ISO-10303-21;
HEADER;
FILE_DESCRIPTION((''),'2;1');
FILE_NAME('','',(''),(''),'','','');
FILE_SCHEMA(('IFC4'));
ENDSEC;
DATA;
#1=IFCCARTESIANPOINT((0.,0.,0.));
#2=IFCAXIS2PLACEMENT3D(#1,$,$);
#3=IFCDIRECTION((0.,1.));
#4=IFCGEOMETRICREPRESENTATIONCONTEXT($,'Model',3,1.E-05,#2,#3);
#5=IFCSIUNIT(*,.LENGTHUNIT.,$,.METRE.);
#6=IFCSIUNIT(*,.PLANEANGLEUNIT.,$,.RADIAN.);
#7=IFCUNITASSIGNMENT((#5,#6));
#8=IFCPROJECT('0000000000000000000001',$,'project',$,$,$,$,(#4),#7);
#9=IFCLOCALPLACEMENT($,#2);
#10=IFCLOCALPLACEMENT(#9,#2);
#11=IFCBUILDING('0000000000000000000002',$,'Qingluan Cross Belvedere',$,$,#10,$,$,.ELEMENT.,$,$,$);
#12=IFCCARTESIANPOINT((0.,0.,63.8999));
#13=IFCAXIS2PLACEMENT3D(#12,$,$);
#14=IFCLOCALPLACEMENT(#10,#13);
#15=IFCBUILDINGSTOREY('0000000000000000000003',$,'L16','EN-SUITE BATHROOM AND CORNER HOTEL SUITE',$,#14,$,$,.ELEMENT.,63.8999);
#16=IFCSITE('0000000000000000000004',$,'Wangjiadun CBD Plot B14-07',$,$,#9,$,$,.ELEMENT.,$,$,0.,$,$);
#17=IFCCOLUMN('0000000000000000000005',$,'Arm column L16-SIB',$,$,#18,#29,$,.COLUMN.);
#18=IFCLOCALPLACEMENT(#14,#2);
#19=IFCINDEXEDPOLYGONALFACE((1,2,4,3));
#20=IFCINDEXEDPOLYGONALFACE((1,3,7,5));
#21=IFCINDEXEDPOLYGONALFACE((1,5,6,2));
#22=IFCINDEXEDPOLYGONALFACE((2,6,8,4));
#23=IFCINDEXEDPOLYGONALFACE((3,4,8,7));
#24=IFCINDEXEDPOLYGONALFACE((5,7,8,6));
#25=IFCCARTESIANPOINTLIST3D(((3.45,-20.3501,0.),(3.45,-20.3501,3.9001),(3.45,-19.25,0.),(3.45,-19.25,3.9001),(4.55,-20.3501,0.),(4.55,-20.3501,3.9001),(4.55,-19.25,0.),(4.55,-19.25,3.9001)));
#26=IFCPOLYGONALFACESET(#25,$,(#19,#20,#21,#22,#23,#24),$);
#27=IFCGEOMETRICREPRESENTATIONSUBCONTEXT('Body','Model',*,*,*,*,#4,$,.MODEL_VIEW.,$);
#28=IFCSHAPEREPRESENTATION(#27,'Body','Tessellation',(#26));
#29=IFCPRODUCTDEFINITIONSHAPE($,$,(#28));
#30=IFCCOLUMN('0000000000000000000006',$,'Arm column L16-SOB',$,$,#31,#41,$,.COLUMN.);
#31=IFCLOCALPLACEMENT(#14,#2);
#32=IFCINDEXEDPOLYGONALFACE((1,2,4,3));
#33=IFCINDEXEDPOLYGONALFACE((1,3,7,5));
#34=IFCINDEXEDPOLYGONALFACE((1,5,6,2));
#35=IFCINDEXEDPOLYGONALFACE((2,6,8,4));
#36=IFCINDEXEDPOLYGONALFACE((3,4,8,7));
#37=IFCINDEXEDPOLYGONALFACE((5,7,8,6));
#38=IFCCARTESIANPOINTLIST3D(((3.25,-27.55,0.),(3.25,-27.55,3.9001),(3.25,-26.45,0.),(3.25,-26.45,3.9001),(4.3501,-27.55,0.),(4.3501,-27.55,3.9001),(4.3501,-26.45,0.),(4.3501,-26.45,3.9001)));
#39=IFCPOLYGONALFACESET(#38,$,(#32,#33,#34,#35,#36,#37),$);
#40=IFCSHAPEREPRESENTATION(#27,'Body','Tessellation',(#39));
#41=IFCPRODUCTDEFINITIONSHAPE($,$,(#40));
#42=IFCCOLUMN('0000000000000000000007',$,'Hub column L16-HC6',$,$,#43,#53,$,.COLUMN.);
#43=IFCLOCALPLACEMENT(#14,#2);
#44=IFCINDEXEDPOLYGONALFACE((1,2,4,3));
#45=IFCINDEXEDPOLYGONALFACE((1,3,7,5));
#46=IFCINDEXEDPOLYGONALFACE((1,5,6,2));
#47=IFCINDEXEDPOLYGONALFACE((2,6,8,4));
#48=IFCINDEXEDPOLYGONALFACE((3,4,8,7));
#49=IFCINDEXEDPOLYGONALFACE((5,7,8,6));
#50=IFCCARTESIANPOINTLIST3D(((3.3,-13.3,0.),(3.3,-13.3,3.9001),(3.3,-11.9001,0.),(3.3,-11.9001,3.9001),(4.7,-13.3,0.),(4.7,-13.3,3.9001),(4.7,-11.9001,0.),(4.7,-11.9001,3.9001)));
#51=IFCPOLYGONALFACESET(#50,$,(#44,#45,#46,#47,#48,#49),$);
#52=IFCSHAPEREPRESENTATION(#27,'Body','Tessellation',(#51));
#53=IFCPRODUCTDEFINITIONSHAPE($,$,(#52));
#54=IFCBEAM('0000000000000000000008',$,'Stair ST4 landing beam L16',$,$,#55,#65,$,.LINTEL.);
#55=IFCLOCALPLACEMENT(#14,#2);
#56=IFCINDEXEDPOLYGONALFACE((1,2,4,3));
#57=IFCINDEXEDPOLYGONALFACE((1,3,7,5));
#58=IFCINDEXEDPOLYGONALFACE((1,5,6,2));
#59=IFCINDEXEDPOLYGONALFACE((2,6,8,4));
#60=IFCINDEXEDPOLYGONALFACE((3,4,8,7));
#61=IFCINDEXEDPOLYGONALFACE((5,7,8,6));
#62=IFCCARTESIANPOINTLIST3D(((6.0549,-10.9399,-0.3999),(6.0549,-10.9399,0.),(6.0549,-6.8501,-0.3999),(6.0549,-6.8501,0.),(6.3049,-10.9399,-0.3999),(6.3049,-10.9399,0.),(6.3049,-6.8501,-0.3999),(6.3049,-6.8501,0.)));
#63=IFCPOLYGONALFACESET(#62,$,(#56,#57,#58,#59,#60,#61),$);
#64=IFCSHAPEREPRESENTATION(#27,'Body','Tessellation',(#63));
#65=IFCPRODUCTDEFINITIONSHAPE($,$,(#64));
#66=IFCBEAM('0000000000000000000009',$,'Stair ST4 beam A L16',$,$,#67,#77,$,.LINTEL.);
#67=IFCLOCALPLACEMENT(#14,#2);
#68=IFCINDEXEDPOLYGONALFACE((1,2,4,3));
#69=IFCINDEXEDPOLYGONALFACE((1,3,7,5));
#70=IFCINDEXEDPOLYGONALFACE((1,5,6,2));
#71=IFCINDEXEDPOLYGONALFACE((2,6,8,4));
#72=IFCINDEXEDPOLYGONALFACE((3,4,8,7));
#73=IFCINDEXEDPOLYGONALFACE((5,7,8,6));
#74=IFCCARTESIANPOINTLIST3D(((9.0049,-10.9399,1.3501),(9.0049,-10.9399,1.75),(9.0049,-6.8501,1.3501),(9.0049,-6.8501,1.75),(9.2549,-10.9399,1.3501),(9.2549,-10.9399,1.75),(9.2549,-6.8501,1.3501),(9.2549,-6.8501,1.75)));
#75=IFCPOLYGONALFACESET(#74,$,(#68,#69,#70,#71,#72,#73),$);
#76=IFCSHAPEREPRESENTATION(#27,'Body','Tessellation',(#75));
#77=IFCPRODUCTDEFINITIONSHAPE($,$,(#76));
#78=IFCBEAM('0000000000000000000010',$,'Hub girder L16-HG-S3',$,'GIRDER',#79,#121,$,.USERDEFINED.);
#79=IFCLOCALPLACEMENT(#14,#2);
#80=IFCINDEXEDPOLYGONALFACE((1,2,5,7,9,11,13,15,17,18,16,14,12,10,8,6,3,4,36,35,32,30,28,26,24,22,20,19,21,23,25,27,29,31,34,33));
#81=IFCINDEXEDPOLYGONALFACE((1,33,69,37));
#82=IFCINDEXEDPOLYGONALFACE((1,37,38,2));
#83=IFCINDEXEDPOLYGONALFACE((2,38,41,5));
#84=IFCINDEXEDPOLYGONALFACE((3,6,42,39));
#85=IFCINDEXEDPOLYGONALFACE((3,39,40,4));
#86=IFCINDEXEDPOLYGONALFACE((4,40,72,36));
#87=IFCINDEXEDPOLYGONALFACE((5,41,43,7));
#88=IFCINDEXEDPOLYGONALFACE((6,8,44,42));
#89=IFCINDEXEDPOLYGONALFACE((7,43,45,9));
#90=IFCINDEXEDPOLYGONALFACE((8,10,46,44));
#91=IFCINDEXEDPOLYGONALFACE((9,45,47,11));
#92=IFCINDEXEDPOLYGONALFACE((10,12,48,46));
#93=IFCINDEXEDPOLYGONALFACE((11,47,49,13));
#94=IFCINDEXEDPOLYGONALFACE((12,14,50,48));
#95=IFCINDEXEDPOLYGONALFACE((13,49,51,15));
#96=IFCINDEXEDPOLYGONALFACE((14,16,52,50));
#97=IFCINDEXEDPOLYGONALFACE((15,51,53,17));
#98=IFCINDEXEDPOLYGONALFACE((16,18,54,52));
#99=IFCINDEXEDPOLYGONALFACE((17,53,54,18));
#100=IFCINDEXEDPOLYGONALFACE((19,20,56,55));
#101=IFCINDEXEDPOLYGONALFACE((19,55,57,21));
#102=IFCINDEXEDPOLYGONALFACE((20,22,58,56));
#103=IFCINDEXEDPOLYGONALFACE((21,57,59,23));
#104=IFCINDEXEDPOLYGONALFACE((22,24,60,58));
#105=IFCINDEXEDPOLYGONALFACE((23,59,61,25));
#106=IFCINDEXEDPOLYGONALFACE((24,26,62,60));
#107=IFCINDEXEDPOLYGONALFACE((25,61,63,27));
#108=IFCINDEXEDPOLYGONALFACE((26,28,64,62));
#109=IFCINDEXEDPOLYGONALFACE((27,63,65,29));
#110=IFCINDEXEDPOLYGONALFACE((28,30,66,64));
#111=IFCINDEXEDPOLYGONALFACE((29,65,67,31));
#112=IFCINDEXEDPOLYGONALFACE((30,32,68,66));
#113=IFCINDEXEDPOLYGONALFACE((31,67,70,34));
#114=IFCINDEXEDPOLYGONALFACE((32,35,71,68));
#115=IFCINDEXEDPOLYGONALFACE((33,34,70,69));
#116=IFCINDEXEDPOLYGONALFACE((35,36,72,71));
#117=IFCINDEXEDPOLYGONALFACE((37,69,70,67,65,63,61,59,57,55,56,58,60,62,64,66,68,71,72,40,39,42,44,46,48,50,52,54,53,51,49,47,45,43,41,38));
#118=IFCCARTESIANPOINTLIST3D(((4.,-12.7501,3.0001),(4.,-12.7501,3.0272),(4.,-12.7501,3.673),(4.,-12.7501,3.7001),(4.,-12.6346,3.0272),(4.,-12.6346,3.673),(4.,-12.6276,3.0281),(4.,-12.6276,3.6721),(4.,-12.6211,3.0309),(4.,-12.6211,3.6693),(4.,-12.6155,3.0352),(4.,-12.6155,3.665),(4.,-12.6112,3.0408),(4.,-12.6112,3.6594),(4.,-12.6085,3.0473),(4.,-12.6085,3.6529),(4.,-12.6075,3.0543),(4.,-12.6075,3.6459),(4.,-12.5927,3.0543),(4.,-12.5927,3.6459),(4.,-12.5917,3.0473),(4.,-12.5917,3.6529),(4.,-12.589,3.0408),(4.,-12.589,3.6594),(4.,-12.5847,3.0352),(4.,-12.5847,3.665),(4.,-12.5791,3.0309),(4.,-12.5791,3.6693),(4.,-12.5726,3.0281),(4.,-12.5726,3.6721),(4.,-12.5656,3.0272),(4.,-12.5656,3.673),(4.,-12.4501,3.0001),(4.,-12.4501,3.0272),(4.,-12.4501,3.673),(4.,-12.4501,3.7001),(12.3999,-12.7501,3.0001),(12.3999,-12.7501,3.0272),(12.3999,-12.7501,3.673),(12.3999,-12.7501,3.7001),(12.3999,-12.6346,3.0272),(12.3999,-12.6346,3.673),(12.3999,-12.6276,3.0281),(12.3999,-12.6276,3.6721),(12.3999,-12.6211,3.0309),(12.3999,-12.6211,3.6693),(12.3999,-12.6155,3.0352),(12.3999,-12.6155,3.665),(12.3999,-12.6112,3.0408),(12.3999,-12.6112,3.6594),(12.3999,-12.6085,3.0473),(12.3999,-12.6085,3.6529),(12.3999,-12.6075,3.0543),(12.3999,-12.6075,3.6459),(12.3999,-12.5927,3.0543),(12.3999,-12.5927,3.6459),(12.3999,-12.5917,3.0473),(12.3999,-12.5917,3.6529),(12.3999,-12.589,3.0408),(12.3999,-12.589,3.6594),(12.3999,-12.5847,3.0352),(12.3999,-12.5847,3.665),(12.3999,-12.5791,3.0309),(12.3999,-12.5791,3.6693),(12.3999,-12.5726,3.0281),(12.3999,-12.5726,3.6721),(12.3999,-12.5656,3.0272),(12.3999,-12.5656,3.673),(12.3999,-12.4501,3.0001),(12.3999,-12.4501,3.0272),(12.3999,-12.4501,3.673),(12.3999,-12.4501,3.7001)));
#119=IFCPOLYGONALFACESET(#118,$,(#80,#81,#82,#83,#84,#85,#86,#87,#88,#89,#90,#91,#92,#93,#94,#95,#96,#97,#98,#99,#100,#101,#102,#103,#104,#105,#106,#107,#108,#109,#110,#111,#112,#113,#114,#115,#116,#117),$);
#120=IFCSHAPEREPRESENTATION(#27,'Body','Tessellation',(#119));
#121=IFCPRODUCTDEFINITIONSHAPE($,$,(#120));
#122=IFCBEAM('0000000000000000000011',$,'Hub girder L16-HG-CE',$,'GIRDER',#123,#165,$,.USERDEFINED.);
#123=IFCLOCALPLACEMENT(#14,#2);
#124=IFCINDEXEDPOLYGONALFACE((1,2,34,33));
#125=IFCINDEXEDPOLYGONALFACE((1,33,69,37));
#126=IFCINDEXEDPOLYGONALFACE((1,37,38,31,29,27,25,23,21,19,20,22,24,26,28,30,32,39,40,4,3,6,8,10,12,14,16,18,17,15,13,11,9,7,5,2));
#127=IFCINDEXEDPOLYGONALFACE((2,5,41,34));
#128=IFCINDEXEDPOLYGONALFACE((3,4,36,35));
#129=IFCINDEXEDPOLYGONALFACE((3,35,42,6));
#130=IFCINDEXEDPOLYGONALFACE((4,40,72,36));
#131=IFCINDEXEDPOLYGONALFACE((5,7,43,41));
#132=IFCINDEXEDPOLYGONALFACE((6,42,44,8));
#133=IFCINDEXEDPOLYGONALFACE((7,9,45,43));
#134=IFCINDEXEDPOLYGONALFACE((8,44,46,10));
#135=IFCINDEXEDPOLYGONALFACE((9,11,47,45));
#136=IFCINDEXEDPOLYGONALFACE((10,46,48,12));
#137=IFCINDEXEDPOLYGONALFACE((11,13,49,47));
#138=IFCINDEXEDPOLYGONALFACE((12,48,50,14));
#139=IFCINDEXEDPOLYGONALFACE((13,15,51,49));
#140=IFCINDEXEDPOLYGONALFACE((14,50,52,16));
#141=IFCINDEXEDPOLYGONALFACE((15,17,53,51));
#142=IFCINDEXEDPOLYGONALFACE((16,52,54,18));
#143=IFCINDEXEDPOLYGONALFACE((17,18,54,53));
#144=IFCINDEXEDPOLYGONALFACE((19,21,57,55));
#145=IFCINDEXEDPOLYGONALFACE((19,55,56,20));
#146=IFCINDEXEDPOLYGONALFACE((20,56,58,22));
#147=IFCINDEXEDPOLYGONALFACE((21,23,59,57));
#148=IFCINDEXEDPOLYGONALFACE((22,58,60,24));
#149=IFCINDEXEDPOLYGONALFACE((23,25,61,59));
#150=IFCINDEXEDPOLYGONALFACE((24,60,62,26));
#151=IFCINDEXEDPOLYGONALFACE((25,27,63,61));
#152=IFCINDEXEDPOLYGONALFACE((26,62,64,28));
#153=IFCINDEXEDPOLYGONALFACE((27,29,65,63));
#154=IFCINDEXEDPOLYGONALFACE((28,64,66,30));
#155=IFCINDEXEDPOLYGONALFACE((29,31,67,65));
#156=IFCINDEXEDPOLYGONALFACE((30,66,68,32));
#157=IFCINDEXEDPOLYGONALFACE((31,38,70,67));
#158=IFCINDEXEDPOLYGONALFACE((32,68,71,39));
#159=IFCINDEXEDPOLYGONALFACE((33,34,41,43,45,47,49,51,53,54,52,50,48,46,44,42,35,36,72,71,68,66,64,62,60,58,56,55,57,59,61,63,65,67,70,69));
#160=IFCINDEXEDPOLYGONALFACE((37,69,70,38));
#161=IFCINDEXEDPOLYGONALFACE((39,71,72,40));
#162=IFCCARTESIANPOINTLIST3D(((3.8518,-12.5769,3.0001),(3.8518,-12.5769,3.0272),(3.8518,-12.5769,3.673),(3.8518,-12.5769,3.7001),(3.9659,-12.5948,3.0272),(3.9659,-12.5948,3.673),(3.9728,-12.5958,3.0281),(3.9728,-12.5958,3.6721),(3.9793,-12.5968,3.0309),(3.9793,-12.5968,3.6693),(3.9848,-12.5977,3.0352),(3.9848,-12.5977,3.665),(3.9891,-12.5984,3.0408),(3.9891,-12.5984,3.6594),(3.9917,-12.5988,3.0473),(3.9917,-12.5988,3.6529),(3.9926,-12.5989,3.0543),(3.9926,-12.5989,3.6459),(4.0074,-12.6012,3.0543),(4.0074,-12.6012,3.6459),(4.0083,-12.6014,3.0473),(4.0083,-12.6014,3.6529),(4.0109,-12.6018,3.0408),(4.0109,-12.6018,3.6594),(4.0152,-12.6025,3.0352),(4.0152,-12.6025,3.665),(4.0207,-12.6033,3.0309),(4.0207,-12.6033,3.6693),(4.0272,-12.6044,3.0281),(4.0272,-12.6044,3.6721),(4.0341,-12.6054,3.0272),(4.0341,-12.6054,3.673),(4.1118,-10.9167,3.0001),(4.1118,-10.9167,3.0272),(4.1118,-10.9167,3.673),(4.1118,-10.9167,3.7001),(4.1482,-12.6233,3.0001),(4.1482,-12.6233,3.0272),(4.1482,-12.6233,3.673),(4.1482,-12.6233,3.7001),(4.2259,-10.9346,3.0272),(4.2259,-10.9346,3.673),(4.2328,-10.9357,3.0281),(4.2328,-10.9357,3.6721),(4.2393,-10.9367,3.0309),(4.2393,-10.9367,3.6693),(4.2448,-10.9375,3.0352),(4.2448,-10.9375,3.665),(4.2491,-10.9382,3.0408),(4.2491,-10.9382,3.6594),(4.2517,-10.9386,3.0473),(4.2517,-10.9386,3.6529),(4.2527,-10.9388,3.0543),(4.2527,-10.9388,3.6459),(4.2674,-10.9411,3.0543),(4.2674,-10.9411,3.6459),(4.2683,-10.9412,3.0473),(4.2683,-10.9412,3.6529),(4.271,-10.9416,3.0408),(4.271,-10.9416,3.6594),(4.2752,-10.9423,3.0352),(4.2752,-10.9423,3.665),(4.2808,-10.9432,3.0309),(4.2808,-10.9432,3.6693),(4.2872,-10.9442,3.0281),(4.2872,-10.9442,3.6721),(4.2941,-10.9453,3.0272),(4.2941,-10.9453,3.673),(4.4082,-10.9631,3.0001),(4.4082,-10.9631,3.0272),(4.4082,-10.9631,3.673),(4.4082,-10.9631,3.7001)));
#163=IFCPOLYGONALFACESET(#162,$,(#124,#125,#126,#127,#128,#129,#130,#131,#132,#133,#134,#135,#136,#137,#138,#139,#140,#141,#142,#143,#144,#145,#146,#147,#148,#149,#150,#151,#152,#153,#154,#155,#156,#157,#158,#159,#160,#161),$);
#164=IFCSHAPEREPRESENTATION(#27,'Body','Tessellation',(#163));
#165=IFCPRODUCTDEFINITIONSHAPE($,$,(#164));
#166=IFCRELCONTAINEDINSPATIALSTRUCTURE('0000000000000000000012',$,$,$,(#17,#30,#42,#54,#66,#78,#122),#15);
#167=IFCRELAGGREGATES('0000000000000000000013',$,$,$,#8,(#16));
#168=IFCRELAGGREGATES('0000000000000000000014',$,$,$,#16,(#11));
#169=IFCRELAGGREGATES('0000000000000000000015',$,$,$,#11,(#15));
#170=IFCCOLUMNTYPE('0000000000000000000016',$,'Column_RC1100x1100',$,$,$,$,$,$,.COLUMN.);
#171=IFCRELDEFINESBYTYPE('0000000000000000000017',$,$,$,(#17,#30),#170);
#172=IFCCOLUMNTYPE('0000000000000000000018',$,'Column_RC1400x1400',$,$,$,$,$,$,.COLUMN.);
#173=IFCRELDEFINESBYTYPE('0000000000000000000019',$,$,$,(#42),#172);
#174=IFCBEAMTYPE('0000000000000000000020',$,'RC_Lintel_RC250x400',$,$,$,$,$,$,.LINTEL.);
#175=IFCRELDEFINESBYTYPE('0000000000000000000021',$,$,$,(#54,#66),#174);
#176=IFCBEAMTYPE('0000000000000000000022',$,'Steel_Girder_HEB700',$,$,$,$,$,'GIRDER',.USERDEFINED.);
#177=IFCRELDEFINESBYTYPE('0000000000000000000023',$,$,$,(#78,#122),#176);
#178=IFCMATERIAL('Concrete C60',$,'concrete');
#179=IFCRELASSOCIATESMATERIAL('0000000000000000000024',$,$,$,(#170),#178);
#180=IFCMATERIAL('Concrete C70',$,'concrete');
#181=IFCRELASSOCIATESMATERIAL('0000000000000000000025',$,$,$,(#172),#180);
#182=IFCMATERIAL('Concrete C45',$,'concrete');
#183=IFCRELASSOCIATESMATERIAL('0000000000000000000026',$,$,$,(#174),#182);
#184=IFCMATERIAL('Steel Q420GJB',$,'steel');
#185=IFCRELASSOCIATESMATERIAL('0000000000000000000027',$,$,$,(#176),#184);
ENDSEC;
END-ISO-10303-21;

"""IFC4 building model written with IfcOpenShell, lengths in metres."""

from ifc_helpers import new_model, si_unit, direction, frame, origin, origin_2d, place, context, subcontext, project, spatial, rectangle, i_section, extrude, material, material_profile, profile_set, type_object, element, save


model = new_model("IFC4")

# Units and contexts
model_context = context("Model", 3, precision=1e-05, world=origin(), true_north=direction((0.0, 1.0)))
body_context = subcontext(model_context, "Body", "Model", "MODEL_VIEW")
ifc_project = project(units=[si_unit("LENGTHUNIT", "METRE"), si_unit("PLANEANGLEUNIT", "RADIAN")], contexts=[model_context])

# Site, building, storey
site_placement = place(None, origin())
site = spatial("IfcSite", under=ifc_project, at=site_placement, Name="Wangjiadun CBD Plot B14-07", CompositionType="ELEMENT", RefElevation=0.0)
building_placement = place(site_placement, origin())
building = spatial("IfcBuilding", under=site, at=building_placement, Name="Qingluan Cross Belvedere", CompositionType="ELEMENT")
storey_placement = place(building_placement, frame((0.0, 0.0, 63.8999)))
storey = spatial("IfcBuildingStorey", under=building, at=storey_placement, Name="L16", Description="EN-SUITE BATHROOM AND CORNER HOTEL SUITE", CompositionType="ELEMENT", Elevation=63.8999)

# Columns
ifc_material_1 = material(Name="Concrete C60", Category="concrete")
ifc_material_profile_1 = material_profile(ifc_material_1, rectangle(XDim=1.1001, YDim=1.1001, at=origin_2d()), Name="RC1100x1100")
ifc_profile_set_1 = profile_set([ifc_material_profile_1], Name="Concrete C60")
column_type_1 = type_object("IfcColumnType", Name="Column_RC1100x1100", PredefinedType="COLUMN", material=ifc_profile_set_1)
for number, where, z_axis, x_axis, name in (
    (1, (4.0, -19.8, 0.0), (0.0, 0.0, 1.0), (1.0, 0.0, 0.0), "Arm column L16-SIB"),
    (2, (3.8, -27.0, 0.0), (0.0, 0.0, 1.0), (1.0, 0.0, 0.0), "Arm column L16-SOB"),
):
    element("IfcColumn", number, at=place(storey_placement, frame(where, z_axis=z_axis, x_axis=x_axis)), inside=storey, type_object=column_type_1, Name=name, PredefinedType="COLUMN", context=body_context, shape_type="SweptSolid", body=[
        extrude(rectangle(XDim=1.1001, YDim=1.1001, at=origin_2d()), origin(), (0.0, 0.0, 1.0), 3.9001),
    ])
ifc_material_2 = material(Name="Concrete C70", Category="concrete")
ifc_material_profile_2 = material_profile(ifc_material_2, rectangle(XDim=1.3999, YDim=1.3999, at=origin_2d()), Name="RC1400x1400")
ifc_profile_set_2 = profile_set([ifc_material_profile_2], Name="Concrete C70")
column_type_2 = type_object("IfcColumnType", Name="Column_RC1400x1400", PredefinedType="COLUMN", material=ifc_profile_set_2)
column_placement = place(storey_placement, frame((4.0, -12.6001, 0.0), z_axis=(0.0, 0.0, 1.0), x_axis=(1.0, 0.0, 0.0)))
element("IfcColumn", 3, at=column_placement, inside=storey, type_object=column_type_2, Name="Hub column L16-HC6", PredefinedType="COLUMN", context=body_context, shape_type="SweptSolid", body=[
    extrude(rectangle(XDim=1.3999, YDim=1.3999, at=origin_2d()), origin(), (0.0, 0.0, 1.0), 3.9001),
])

# Beams
ifc_material_3 = material(Name="Concrete C45", Category="concrete")
ifc_material_profile_3 = material_profile(ifc_material_3, rectangle(XDim=0.25, YDim=0.3999, at=origin_2d()), Name="RC250x400")
ifc_profile_set_3 = profile_set([ifc_material_profile_3], Name="Concrete C45")
beam_type_1 = type_object("IfcBeamType", Name="RC_Lintel_RC250x400", PredefinedType="LINTEL", material=ifc_profile_set_3)
for number, where, z_axis, x_axis, name in (
    (4, (6.1799, -10.9399, -0.2), (0.0, 1.0, 0.0), (-1.0, 0.0, 0.0), "Stair ST4 landing beam L16"),
    (5, (9.1299, -10.9399, 1.55), (0.0, 1.0, 0.0), (-1.0, 0.0, 0.0), "Stair ST4 beam A L16"),
):
    element("IfcBeam", number, at=place(storey_placement, frame(where, z_axis=z_axis, x_axis=x_axis)), inside=storey, type_object=beam_type_1, Name=name, PredefinedType="LINTEL", context=body_context, shape_type="SweptSolid", body=[
        extrude(rectangle(XDim=0.25, YDim=0.3999, at=origin_2d()), origin(), (0.0, 0.0, 1.0), 4.0898),
    ])
ifc_material_4 = material(Name="Steel Q420GJB", Category="steel")
ifc_material_profile_4 = material_profile(ifc_material_4, i_section(OverallWidth=0.3, OverallDepth=0.7, WebThickness=0.0149, FlangeThickness=0.0271, FilletRadius=0.0271, at=origin_2d()), Name="HEB700")
ifc_profile_set_4 = profile_set([ifc_material_profile_4], Name="Steel Q420GJB")
beam_type_2 = type_object("IfcBeamType", Name="Steel_Girder_HEB700", ElementType="GIRDER", PredefinedType="USERDEFINED", material=ifc_profile_set_4)
beam_1_placement = place(storey_placement, frame((4.0, -12.6001, 3.3501), z_axis=(1.0, 0.0, 0.0), x_axis=(0.0, 1.0, 0.0)))
element("IfcBeam", 6, at=beam_1_placement, inside=storey, type_object=beam_type_2, Name="Hub girder L16-HG-S3", ObjectType="GIRDER", PredefinedType="USERDEFINED", context=body_context, shape_type="SweptSolid", body=[
    extrude(i_section(OverallWidth=0.3, OverallDepth=0.7, WebThickness=0.0149, FlangeThickness=0.0271, FilletRadius=0.0271, at=origin_2d()), origin(), (0.0, 0.0, 1.0), 8.3999),
])
beam_2_placement = place(storey_placement, frame((4.0, -12.6001, 3.3501), z_axis=(0.154731, 0.987957, 0.0), x_axis=(-0.987957, 0.154731, 0.0)))
element("IfcBeam", 7, at=beam_2_placement, inside=storey, type_object=beam_type_2, Name="Hub girder L16-HG-CE", ObjectType="GIRDER", PredefinedType="USERDEFINED", context=body_context, shape_type="SweptSolid", body=[
    extrude(i_section(OverallWidth=0.3, OverallDepth=0.7, WebThickness=0.0149, FlangeThickness=0.0271, FilletRadius=0.0271, at=origin_2d()), origin(), (0.0, 0.0, 1.0), 1.6804),
])

save(model, "model.ifc")
